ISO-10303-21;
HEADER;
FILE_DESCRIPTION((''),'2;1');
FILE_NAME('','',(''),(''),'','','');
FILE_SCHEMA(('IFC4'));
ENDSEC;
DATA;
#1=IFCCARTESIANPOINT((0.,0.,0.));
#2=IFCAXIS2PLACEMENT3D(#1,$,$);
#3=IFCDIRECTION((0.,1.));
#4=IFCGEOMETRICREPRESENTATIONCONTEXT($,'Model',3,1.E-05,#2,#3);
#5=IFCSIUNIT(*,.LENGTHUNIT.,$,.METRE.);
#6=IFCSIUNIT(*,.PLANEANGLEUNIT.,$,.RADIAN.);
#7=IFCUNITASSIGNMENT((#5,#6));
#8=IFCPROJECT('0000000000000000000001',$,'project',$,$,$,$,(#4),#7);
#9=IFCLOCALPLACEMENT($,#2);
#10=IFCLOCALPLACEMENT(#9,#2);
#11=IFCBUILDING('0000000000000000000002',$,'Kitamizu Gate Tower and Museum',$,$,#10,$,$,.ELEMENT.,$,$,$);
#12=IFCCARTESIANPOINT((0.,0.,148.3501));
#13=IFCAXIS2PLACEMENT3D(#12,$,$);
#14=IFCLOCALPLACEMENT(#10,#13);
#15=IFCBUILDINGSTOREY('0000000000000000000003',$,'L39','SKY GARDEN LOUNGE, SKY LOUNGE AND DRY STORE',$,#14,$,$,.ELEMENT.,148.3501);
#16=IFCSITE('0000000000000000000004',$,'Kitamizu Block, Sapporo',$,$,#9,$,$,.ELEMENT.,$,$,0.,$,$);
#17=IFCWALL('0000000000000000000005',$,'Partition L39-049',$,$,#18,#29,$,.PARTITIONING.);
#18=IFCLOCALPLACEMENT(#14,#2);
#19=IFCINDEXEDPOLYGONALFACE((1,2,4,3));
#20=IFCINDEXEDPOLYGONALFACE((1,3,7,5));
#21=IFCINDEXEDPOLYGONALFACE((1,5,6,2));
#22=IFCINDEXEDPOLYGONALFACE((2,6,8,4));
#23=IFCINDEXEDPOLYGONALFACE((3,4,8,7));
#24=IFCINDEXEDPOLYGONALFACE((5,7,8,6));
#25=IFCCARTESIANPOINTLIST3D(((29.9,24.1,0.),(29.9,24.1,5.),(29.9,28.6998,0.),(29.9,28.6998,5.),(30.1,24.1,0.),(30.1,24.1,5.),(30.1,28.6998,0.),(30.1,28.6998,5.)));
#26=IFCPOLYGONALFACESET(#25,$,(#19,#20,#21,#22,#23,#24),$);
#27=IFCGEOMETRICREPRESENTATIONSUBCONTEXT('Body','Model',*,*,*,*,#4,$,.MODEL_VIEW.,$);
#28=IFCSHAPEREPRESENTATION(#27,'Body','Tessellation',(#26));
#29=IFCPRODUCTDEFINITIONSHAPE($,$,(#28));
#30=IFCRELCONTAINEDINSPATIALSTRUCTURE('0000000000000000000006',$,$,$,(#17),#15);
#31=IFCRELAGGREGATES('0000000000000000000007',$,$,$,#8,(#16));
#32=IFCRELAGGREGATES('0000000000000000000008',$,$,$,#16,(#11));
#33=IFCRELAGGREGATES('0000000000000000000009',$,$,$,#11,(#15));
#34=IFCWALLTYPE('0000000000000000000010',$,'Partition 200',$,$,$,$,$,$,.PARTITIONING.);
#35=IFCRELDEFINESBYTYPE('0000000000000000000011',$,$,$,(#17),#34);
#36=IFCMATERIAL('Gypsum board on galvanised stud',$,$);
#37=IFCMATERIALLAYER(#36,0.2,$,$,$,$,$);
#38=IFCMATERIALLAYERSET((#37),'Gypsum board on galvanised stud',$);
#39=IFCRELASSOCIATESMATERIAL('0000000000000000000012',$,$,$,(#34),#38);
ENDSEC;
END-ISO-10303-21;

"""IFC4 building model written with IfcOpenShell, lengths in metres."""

from ifc_helpers import new_model, si_unit, direction, frame, frame_2d, origin, place, context, subcontext, project, spatial, rectangle, extrude, material, layer, layer_set, type_object, element, save


model = new_model("IFC4")

# Units and contexts
model_context = context("Model", 3, precision=1e-05, world=origin(), true_north=direction((0.0, 1.0)))
body_context = subcontext(model_context, "Body", "Model", "MODEL_VIEW")
ifc_project = project(units=[si_unit("LENGTHUNIT", "METRE"), si_unit("PLANEANGLEUNIT", "RADIAN")], contexts=[model_context])

# Site, building, storey
site_placement = place(None, origin())
site = spatial("IfcSite", under=ifc_project, at=site_placement, Name="Kitamizu Block, Sapporo", CompositionType="ELEMENT", RefElevation=0.0)
building_placement = place(site_placement, origin())
building = spatial("IfcBuilding", under=site, at=building_placement, Name="Kitamizu Gate Tower and Museum", CompositionType="ELEMENT")
storey_placement = place(building_placement, frame((0.0, 0.0, 148.3501)))
storey = spatial("IfcBuildingStorey", under=building, at=storey_placement, Name="L39", Description="SKY GARDEN LOUNGE, SKY LOUNGE AND DRY STORE", CompositionType="ELEMENT", Elevation=148.3501)

# Shared definitions
ifc_material_1 = material(Name="Gypsum board on galvanised stud")
ifc_layer_1 = layer(ifc_material_1, 0.2)
ifc_layer_set_1 = layer_set([ifc_layer_1], Name="Gypsum board on galvanised stud")
wall_type_1 = type_object("IfcWallType", Name="Partition 200", PredefinedType="PARTITIONING", material=ifc_layer_set_1)

# Wall
wall_1_placement = place(storey_placement, frame((30.0, 24.1001, 0.0), z_axis=(0.0, 0.0, 1.0), x_axis=(0.0, 1.0, 0.0)))
element("IfcWall", 1, at=wall_1_placement, inside=storey, type_object=wall_type_1, Name="Partition L39-049", PredefinedType="PARTITIONING", context=body_context, shape_type="SweptSolid", body=[
    extrude(rectangle(XDim=4.5999, YDim=0.2, at=frame_2d((2.2998, 0.0))), origin(), (0.0, 0.0, 1.0), 5.0),
])

save(model, "model.ifc")
